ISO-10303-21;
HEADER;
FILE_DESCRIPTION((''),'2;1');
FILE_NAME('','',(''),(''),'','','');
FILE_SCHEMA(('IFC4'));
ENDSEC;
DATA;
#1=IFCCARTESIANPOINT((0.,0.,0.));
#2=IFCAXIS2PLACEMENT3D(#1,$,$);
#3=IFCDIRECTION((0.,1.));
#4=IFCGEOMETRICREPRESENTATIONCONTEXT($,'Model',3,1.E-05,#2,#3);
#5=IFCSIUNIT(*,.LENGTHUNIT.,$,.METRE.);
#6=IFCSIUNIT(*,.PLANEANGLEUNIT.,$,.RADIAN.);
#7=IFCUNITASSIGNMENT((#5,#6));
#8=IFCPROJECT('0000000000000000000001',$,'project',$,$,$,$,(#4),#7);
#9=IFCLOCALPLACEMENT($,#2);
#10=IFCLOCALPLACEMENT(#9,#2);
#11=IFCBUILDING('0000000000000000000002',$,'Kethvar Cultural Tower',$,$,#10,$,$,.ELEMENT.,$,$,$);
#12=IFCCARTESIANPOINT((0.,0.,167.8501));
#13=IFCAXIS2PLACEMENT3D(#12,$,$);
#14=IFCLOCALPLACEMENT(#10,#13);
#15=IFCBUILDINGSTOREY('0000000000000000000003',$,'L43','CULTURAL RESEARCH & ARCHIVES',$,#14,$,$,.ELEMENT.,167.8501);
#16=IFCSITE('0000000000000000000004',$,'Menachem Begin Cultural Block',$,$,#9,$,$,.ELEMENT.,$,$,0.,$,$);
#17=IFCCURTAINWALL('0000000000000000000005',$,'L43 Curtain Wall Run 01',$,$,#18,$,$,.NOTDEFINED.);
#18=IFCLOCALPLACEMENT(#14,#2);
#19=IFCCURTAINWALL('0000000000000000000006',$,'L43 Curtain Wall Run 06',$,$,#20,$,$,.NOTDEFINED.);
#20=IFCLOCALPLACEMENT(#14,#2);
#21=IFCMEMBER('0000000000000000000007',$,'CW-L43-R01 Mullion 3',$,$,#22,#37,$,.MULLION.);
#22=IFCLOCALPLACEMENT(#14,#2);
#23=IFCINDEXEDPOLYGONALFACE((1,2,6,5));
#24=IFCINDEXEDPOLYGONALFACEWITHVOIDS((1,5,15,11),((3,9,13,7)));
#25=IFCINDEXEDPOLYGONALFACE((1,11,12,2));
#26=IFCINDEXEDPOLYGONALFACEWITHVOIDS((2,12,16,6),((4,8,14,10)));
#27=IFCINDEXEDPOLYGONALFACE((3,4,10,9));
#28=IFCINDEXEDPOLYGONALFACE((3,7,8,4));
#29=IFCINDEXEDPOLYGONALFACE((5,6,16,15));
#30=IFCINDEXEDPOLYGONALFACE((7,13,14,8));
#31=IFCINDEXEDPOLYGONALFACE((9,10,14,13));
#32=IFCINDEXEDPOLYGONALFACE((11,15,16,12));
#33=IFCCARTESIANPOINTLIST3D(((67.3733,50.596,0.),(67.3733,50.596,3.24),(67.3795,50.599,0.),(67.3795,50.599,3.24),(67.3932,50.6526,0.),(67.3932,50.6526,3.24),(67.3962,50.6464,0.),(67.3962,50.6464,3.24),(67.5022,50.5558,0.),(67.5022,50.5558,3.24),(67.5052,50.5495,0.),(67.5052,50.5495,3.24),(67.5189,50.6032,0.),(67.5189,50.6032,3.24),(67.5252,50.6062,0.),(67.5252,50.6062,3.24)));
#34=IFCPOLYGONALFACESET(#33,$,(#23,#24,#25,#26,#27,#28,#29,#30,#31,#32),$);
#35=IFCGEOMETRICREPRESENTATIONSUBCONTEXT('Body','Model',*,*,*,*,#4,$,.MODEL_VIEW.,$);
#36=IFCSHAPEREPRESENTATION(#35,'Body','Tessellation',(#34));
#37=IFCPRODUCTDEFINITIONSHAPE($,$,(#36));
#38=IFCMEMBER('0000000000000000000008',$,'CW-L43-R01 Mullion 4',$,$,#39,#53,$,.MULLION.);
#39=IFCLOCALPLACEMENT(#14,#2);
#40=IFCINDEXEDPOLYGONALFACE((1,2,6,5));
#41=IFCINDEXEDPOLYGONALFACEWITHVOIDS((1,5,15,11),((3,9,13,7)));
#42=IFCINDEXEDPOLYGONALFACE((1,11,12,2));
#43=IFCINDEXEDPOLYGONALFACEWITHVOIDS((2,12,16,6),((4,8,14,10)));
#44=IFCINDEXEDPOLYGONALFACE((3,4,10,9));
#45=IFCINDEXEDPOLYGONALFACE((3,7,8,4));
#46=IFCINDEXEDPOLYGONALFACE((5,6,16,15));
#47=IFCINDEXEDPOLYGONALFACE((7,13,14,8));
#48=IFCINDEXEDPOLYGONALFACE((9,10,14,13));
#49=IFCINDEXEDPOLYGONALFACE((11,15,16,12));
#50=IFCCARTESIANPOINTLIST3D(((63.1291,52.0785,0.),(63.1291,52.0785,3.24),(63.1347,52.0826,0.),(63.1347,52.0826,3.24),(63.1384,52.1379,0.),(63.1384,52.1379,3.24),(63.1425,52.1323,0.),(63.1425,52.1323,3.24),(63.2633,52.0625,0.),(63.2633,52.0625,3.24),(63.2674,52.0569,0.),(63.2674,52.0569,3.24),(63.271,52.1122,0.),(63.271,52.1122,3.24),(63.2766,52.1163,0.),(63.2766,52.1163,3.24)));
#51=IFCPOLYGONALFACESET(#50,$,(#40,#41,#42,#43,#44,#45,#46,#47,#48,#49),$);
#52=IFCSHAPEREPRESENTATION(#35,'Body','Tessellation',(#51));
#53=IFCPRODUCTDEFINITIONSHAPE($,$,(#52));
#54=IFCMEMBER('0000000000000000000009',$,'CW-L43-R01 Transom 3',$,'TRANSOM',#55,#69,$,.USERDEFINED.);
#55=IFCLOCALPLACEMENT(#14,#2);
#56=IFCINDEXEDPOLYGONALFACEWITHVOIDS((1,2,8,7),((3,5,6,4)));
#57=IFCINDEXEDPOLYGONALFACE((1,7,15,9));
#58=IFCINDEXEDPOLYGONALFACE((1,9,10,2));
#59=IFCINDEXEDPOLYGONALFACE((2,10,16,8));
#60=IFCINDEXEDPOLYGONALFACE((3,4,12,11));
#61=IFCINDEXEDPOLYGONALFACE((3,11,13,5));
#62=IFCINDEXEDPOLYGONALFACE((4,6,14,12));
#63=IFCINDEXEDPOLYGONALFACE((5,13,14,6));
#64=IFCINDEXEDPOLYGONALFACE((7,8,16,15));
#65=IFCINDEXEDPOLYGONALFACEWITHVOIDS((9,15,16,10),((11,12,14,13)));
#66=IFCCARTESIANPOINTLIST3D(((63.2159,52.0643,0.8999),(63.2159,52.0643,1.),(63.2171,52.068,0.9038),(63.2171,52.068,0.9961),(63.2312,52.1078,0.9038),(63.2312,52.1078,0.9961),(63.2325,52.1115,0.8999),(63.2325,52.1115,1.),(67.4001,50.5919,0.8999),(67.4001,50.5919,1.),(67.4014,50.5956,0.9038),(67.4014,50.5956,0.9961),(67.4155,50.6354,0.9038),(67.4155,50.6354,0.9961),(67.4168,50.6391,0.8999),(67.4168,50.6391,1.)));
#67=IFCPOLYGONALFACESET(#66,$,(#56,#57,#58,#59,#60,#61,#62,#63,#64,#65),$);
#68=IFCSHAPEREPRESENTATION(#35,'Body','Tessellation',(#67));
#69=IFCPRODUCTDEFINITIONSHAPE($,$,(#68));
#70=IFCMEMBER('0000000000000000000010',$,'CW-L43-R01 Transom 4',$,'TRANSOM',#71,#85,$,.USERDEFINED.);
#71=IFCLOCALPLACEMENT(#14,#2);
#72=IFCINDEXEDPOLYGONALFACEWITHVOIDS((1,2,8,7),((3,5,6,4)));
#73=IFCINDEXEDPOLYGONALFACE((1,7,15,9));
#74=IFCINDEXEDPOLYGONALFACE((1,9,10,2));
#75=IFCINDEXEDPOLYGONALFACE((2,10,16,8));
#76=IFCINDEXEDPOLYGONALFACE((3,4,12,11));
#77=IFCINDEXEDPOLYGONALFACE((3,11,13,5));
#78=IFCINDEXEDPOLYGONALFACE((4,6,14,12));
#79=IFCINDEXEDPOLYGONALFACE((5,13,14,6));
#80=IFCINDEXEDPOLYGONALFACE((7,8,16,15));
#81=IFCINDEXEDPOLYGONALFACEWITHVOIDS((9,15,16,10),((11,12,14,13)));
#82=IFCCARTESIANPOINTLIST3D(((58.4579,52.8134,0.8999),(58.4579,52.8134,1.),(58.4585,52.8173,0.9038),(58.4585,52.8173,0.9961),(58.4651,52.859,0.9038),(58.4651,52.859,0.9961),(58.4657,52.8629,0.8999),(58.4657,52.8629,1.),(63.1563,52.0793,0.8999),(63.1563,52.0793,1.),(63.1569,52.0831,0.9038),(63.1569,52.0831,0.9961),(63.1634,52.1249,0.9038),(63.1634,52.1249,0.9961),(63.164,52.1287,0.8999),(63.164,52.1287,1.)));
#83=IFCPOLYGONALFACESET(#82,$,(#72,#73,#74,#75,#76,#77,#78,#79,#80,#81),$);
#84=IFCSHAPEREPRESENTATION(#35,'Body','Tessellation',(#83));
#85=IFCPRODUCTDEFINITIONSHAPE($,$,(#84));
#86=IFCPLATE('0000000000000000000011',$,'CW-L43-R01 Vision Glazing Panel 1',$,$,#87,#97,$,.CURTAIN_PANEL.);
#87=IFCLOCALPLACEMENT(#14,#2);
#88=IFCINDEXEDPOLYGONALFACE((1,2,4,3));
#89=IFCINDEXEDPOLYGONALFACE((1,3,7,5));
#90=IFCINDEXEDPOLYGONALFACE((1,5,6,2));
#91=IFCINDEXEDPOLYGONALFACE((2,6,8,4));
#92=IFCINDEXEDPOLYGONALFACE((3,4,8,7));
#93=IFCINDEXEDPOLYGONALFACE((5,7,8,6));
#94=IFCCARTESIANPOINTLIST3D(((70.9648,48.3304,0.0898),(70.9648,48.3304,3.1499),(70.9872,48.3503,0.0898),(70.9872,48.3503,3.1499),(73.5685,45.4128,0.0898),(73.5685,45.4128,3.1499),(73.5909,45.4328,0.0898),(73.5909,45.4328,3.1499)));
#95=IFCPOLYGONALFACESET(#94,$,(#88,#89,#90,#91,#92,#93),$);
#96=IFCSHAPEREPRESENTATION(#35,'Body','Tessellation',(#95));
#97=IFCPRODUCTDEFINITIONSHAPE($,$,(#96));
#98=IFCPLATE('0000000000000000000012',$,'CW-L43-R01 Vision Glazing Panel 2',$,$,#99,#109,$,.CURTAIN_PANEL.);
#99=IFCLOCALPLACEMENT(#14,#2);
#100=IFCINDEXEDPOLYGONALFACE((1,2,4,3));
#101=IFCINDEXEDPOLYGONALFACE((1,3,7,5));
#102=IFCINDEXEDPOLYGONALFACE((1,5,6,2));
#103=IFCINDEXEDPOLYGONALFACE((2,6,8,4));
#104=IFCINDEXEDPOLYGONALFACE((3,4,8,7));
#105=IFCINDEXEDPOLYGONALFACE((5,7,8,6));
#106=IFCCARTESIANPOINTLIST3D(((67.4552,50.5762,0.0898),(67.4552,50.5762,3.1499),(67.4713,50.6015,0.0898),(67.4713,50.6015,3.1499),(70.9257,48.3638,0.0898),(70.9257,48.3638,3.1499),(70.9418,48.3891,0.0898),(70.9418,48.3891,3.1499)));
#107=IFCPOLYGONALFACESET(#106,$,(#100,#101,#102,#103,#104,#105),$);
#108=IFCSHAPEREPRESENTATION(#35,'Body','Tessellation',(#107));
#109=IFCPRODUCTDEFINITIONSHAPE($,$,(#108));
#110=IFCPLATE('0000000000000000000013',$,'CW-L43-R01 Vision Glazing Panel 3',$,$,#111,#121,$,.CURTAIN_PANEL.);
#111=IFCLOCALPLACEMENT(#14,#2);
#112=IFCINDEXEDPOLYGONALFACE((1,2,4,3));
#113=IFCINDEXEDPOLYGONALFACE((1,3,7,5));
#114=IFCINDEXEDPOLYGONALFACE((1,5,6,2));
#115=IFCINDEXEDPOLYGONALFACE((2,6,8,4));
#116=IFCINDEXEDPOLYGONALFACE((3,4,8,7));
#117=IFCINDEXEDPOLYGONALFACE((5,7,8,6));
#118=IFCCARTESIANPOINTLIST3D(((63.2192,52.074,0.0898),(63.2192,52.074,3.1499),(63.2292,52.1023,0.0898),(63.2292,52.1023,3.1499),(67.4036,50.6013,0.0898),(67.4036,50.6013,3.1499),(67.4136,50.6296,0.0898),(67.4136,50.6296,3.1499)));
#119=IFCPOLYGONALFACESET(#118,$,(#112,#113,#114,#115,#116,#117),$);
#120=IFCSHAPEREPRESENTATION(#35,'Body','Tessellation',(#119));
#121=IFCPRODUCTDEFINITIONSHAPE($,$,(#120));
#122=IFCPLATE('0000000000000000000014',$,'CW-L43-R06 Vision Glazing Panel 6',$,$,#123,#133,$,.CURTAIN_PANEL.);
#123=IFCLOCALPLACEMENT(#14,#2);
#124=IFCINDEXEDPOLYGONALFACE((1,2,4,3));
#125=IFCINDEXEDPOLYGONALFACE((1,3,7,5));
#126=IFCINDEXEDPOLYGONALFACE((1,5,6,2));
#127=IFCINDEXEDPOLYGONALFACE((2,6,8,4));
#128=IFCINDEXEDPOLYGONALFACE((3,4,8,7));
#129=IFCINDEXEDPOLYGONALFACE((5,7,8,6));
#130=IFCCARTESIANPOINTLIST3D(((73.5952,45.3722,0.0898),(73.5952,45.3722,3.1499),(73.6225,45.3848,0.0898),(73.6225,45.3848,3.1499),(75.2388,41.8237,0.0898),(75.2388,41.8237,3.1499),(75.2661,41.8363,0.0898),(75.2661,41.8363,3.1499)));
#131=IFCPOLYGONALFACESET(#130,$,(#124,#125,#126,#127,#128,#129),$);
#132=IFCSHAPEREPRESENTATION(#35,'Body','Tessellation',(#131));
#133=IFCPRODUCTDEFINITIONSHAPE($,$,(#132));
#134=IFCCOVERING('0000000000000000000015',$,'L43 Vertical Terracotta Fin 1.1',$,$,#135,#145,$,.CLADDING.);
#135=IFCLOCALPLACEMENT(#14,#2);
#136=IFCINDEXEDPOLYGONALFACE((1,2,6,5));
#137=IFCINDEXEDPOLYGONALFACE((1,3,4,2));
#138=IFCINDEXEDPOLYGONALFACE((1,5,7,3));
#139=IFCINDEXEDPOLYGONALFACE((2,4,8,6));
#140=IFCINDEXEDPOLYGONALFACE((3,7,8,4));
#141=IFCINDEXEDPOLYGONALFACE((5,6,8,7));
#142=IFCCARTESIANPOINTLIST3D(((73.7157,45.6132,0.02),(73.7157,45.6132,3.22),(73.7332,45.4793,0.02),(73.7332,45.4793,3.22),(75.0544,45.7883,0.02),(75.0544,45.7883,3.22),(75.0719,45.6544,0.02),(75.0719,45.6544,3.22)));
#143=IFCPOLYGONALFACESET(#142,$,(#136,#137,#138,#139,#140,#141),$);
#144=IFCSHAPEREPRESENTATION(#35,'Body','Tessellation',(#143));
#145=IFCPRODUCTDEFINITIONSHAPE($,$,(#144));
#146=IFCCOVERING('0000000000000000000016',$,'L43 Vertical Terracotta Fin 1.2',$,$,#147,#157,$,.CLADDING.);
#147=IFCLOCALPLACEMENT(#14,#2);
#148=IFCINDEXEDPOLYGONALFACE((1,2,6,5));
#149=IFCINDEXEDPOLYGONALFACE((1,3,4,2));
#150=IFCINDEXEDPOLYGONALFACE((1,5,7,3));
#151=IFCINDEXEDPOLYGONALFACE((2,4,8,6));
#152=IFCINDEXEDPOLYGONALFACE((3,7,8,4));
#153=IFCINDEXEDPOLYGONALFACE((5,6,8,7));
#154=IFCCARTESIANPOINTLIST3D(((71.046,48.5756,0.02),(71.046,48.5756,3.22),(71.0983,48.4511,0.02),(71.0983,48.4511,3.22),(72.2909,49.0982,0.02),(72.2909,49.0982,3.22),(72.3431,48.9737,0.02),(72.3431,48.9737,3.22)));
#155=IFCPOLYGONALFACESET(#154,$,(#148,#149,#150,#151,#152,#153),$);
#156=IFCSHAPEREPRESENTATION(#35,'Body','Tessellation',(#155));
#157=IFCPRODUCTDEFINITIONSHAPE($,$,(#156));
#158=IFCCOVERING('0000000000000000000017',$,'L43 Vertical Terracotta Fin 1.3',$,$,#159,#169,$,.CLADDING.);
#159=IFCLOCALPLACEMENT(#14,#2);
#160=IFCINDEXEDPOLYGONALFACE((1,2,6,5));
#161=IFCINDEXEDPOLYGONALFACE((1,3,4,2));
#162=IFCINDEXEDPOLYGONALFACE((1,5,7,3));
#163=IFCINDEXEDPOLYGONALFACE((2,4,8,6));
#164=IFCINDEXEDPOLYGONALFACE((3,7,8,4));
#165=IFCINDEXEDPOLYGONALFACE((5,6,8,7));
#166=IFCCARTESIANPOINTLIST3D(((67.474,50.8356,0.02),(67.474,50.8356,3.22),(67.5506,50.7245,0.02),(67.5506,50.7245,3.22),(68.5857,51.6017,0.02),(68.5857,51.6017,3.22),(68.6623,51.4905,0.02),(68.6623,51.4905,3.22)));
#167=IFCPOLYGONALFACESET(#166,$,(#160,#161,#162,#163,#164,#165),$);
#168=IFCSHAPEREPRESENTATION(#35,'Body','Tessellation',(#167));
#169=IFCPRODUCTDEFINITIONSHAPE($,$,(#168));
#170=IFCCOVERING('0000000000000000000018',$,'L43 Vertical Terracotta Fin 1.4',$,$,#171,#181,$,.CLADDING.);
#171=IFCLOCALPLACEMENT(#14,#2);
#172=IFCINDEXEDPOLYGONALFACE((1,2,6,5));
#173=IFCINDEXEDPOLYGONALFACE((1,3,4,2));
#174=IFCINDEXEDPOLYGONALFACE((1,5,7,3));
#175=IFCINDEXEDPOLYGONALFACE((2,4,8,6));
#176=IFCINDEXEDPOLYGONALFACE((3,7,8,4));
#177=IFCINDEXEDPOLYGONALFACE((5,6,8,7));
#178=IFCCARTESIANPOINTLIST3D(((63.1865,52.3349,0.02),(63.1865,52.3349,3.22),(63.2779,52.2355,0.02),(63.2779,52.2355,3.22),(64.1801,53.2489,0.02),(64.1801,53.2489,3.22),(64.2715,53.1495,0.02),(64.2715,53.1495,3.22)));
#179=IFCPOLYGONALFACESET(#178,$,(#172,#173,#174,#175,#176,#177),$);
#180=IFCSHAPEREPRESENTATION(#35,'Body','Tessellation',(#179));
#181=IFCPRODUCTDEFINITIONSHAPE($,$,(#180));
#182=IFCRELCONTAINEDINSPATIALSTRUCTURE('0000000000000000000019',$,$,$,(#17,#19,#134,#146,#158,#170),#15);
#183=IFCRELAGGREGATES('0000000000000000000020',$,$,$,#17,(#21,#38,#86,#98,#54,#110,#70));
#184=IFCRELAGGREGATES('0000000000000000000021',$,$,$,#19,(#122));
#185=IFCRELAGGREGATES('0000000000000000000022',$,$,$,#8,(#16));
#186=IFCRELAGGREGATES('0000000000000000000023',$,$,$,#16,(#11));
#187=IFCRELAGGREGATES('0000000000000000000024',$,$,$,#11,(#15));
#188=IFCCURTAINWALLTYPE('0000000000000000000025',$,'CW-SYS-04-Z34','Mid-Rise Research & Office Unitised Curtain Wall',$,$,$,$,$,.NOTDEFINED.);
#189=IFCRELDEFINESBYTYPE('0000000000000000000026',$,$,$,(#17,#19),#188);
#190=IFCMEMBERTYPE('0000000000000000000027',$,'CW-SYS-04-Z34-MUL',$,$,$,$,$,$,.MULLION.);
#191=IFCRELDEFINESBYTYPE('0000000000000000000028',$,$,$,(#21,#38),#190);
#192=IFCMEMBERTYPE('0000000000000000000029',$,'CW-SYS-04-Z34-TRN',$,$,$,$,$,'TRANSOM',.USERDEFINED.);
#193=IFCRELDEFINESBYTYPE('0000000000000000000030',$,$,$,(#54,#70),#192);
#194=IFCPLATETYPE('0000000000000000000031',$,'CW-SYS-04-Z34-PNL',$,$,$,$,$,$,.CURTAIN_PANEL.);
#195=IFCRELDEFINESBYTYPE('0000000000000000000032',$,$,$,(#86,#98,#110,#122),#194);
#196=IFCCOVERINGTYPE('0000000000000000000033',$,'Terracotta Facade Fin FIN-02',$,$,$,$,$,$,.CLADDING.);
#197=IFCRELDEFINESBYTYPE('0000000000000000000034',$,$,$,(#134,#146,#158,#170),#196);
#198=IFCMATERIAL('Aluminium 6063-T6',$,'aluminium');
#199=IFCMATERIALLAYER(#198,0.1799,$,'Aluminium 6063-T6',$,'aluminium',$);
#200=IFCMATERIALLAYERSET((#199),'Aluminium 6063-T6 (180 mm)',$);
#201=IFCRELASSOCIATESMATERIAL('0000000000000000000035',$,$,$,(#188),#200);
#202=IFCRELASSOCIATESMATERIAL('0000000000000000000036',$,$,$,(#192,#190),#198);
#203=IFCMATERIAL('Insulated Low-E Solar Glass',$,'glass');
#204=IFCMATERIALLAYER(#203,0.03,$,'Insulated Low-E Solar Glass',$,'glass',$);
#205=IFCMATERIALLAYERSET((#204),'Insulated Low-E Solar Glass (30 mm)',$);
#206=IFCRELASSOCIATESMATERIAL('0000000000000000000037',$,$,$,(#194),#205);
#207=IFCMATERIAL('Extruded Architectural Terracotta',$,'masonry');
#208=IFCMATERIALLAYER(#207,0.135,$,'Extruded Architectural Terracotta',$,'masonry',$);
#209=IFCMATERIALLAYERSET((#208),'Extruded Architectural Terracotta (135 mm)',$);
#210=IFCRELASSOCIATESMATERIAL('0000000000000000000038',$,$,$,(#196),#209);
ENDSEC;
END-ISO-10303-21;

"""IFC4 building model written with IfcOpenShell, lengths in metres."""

from ifc_helpers import new_model, si_unit, direction, frame, origin, origin_2d, place, context, subcontext, project, spatial, rectangle, hollow_rectangle, extrude, source, transform, mapped, material, layer, layer_set, material_profile, profile_set, type_object, element, aggregate, save


model = new_model("IFC4")

# Units and contexts
model_context = context("Model", 3, precision=1e-05, world=origin(), true_north=direction((0.0, 1.0)))
body_context = subcontext(model_context, "Body", "Model", "MODEL_VIEW")
ifc_project = project(units=[si_unit("LENGTHUNIT", "METRE"), si_unit("PLANEANGLEUNIT", "RADIAN")], contexts=[model_context])

# Site, building, storey
site_placement = place(None, origin())
site = spatial("IfcSite", under=ifc_project, at=site_placement, Name="Menachem Begin Cultural Block", CompositionType="ELEMENT", RefElevation=0.0)
building_placement = place(site_placement, origin())
building = spatial("IfcBuilding", under=site, at=building_placement, Name="Kethvar Cultural Tower", CompositionType="ELEMENT")
storey_placement = place(building_placement, frame((0.0, 0.0, 167.8501)))
storey = spatial("IfcBuildingStorey", under=building, at=storey_placement, Name="L43", Description="CULTURAL RESEARCH & ARCHIVES", CompositionType="ELEMENT", Elevation=167.8501)

# Curtain wall
ifc_material_1 = material(Name="Aluminium 6063-T6", Category="aluminium")
ifc_layer_1 = layer(ifc_material_1, 0.1799, Name="Aluminium 6063-T6", Category="aluminium")
ifc_layer_set_1 = layer_set([ifc_layer_1], Name="Aluminium 6063-T6 (180 mm)")
curtain_wall_type = type_object("IfcCurtainWallType", Name="CW-SYS-04-Z34", Description="Mid-Rise Research & Office Unitised Curtain Wall", PredefinedType="NOTDEFINED", material=ifc_layer_set_1)
curtain_wall_1_placement = place(storey_placement, origin())
curtain_wall_1 = element("IfcCurtainWall", 1, at=curtain_wall_1_placement, inside=storey, type_object=curtain_wall_type, Name="L43 Curtain Wall Run 01", PredefinedType="NOTDEFINED")
ifc_material_profile_1 = material_profile(ifc_material_1, hollow_rectangle(XDim=0.05, YDim=0.1001, WallThickness=0.0039, at=origin_2d()), Name="Aluminium 6063-T6 — RHS100x50x4")
ifc_profile_set_1 = profile_set([ifc_material_profile_1], Name="Aluminium 6063-T6 — RHS100x50x4")
member_type_1 = type_object("IfcMemberType", Name="CW-SYS-04-Z34-TRN", ElementType="TRANSOM", PredefinedType="USERDEFINED", material=ifc_profile_set_1)

# Curtain wall
curtain_wall_2_placement = place(storey_placement, origin())
curtain_wall_2 = element("IfcCurtainWall", 2, at=curtain_wall_2_placement, inside=storey, type_object=curtain_wall_type, Name="L43 Curtain Wall Run 06", PredefinedType="NOTDEFINED")

# Members
ifc_material_profile_2 = material_profile(ifc_material_1, hollow_rectangle(XDim=0.0601, YDim=0.1399, WallThickness=0.0049, at=origin_2d()), Name="Aluminium 6063-T6 — RHS140x60x5")
ifc_profile_set_2 = profile_set([ifc_material_profile_2], Name="Aluminium 6063-T6 — RHS140x60x5")
member_type_2 = type_object("IfcMemberType", Name="CW-SYS-04-Z34-MUL", PredefinedType="MULLION", material=ifc_profile_set_2)
shared_shape_1 = source(origin(), body_context, "Body", "SweptSolid", [
    extrude(hollow_rectangle(XDim=0.0601, YDim=0.1399, WallThickness=0.0049, at=origin_2d()), origin(), (0.0, 0.0, 1.0), 3.24),
])
member_1_placement = place(storey_placement, frame((67.4492, 50.6011, 0.0), z_axis=(0.0, 0.0, 1.0), x_axis=(-0.33198, -0.943286, 0.0)))
member_1 = element("IfcMember", 3, at=member_1_placement, type_object=member_type_2, Name="CW-L43-R01 Mullion 3", PredefinedType="MULLION", context=body_context, shape_type="MappedRepresentation", body=[
    mapped(shared_shape_1, transform((0.0, 0.0, 0.0), scale=1.0)),
])
member_2_placement = place(storey_placement, frame((63.2029, 52.0974, 0.0), z_axis=(0.0, 0.0, 1.0), x_axis=(-0.154348, -0.988017, 0.0)))
member_2 = element("IfcMember", 4, at=member_2_placement, type_object=member_type_2, Name="CW-L43-R01 Mullion 4", PredefinedType="MULLION", context=body_context, shape_type="MappedRepresentation", body=[
    mapped(shared_shape_1, transform((0.0, 0.0, 0.0), scale=1.0)),
])
shared_shape_2 = source(origin(), body_context, "Body", "SweptSolid", [
    extrude(hollow_rectangle(XDim=0.05, YDim=0.1001, WallThickness=0.0039, at=origin_2d()), origin(), (0.0, 0.0, 1.0), 4.4358),
])
member_3_placement = place(storey_placement, frame((67.4084, 50.6155, 0.95), z_axis=(-0.943302, 0.331936, 0.0), x_axis=(-0.331936, -0.943302, 0.0)))
member_3 = element("IfcMember", 5, at=member_3_placement, type_object=member_type_1, Name="CW-L43-R01 Transom 3", ObjectType="TRANSOM", PredefinedType="USERDEFINED", context=body_context, shape_type="MappedRepresentation", body=[
    mapped(shared_shape_2, transform((0.0, 0.0, 0.0), scale=1.0)),
])
shared_shape_3 = source(origin(), body_context, "Body", "SweptSolid", [
    extrude(hollow_rectangle(XDim=0.05, YDim=0.1001, WallThickness=0.0039, at=origin_2d()), origin(), (0.0, 0.0, 1.0), 4.7554),
])
member_4_placement = place(storey_placement, frame((63.1602, 52.104, 0.95), z_axis=(-0.988011, 0.154383, 0.0), x_axis=(-0.154383, -0.988011, 0.0)))
member_4 = element("IfcMember", 6, at=member_4_placement, type_object=member_type_1, Name="CW-L43-R01 Transom 4", ObjectType="TRANSOM", PredefinedType="USERDEFINED", context=body_context, shape_type="MappedRepresentation", body=[
    mapped(shared_shape_3, transform((0.0, 0.0, 0.0), scale=1.0)),
])

# Plates
ifc_material_2 = material(Name="Insulated Low-E Solar Glass", Category="glass")
ifc_layer_2 = layer(ifc_material_2, 0.03, Name="Insulated Low-E Solar Glass", Category="glass")
ifc_layer_set_2 = layer_set([ifc_layer_2], Name="Insulated Low-E Solar Glass (30 mm)")
plate_type = type_object("IfcPlateType", Name="CW-SYS-04-Z34-PNL", PredefinedType="CURTAIN_PANEL", material=ifc_layer_set_2)
shared_shape_4 = source(origin(), body_context, "Body", "SweptSolid", [
    extrude(rectangle(XDim=3.9104, YDim=0.03, at=origin_2d()), origin(), (0.0, 0.0, 1.0), 3.0601),
])
plate_1_placement = place(storey_placement, frame((72.2778, 46.8816, 0.0898), z_axis=(0.0, 0.0, 1.0), x_axis=(-0.665843, 0.746092, 0.0)))
plate_1 = element("IfcPlate", 7, at=plate_1_placement, type_object=plate_type, Name="CW-L43-R01 Vision Glazing Panel 1", PredefinedType="CURTAIN_PANEL", context=body_context, shape_type="MappedRepresentation", body=[
    mapped(shared_shape_4, transform((0.0, 0.0, 0.0), scale=1.0)),
])
shared_shape_5 = source(origin(), body_context, "Body", "SweptSolid", [
    extrude(rectangle(XDim=4.1157, YDim=0.03, at=origin_2d()), origin(), (0.0, 0.0, 1.0), 3.0601),
])
plate_2_placement = place(storey_placement, frame((69.1985, 49.4827, 0.0898), z_axis=(0.0, 0.0, 1.0), x_axis=(-0.843232, 0.53755, 0.0)))
plate_2 = element("IfcPlate", 8, at=plate_2_placement, type_object=plate_type, Name="CW-L43-R01 Vision Glazing Panel 2", PredefinedType="CURTAIN_PANEL", context=body_context, shape_type="MappedRepresentation", body=[
    mapped(shared_shape_5, transform((0.0, 0.0, 0.0), scale=1.0)),
])
shared_shape_6 = source(origin(), body_context, "Body", "SweptSolid", [
    extrude(rectangle(XDim=4.436, YDim=0.03, at=origin_2d()), origin(), (0.0, 0.0, 1.0), 3.0601),
])
plate_3_placement = place(storey_placement, frame((65.3164, 51.3518, 0.0898), z_axis=(0.0, 0.0, 1.0), x_axis=(-0.943286, 0.33198, 0.0)))
plate_3 = element("IfcPlate", 9, at=plate_3_placement, type_object=plate_type, Name="CW-L43-R01 Vision Glazing Panel 3", PredefinedType="CURTAIN_PANEL", context=body_context, shape_type="MappedRepresentation", body=[
    mapped(shared_shape_6, transform((0.0, 0.0, 0.0), scale=1.0)),
])
aggregate(curtain_wall_1, [member_1, member_2, plate_1, plate_2, member_3, plate_3, member_4])
shared_shape_7 = source(origin(), body_context, "Body", "SweptSolid", [
    extrude(rectangle(XDim=3.9106, YDim=0.03, at=origin_2d()), origin(), (0.0, 0.0, 1.0), 3.0601),
])
plate_4_placement = place(storey_placement, frame((74.4307, 43.6042, 0.0898), z_axis=(0.0, 0.0, 1.0), x_axis=(-0.420292, 0.907389, 0.0)))
plate_4 = element("IfcPlate", 10, at=plate_4_placement, type_object=plate_type, Name="CW-L43-R06 Vision Glazing Panel 6", PredefinedType="CURTAIN_PANEL", context=body_context, shape_type="MappedRepresentation", body=[
    mapped(shared_shape_7, transform((0.0, 0.0, 0.0), scale=1.0)),
])
aggregate(curtain_wall_2, [plate_4])

# Coverings
ifc_material_3 = material(Name="Extruded Architectural Terracotta", Category="masonry")
ifc_layer_3 = layer(ifc_material_3, 0.135, Name="Extruded Architectural Terracotta", Category="masonry")
ifc_layer_set_3 = layer_set([ifc_layer_3], Name="Extruded Architectural Terracotta (135 mm)")
covering_type = type_object("IfcCoveringType", Name="Terracotta Facade Fin FIN-02", PredefinedType="CLADDING", material=ifc_layer_set_3)
shared_shape_8 = source(origin(), body_context, "Body", "SweptSolid", [
    extrude(rectangle(XDim=1.3501, YDim=0.135, at=origin_2d()), origin(), (0.0, 0.0, 1.0), 3.2),
])
for number, where, z_axis, x_axis, name in (
    (11, (74.3938, 45.6338, 0.02), (0.0, 0.0, 1.0), (0.991558, 0.129661, 0.0), "L43 Vertical Terracotta Fin 1.1"),
    (12, (71.6946, 48.7747, 0.02), (0.0, 0.0, 1.0), (0.922066, 0.387033, 0.0), "L43 Vertical Terracotta Fin 1.2"),
    (13, (68.0681, 51.1631, 0.02), (0.0, 0.0, 1.0), (0.823434, 0.567413, 0.0), "L43 Vertical Terracotta Fin 1.3"),
    (14, (63.729, 52.7422, 0.02), (0.0, 0.0, 1.0), (0.735979, 0.677004, 0.0), "L43 Vertical Terracotta Fin 1.4"),
):
    element("IfcCovering", number, at=place(storey_placement, frame(where, z_axis=z_axis, x_axis=x_axis)), inside=storey, type_object=covering_type, Name=name, PredefinedType="CLADDING", context=body_context, shape_type="MappedRepresentation", body=[
        mapped(shared_shape_8, transform((0.0, 0.0, 0.0), scale=1.0)),
    ])

save(model, "model.ifc")
